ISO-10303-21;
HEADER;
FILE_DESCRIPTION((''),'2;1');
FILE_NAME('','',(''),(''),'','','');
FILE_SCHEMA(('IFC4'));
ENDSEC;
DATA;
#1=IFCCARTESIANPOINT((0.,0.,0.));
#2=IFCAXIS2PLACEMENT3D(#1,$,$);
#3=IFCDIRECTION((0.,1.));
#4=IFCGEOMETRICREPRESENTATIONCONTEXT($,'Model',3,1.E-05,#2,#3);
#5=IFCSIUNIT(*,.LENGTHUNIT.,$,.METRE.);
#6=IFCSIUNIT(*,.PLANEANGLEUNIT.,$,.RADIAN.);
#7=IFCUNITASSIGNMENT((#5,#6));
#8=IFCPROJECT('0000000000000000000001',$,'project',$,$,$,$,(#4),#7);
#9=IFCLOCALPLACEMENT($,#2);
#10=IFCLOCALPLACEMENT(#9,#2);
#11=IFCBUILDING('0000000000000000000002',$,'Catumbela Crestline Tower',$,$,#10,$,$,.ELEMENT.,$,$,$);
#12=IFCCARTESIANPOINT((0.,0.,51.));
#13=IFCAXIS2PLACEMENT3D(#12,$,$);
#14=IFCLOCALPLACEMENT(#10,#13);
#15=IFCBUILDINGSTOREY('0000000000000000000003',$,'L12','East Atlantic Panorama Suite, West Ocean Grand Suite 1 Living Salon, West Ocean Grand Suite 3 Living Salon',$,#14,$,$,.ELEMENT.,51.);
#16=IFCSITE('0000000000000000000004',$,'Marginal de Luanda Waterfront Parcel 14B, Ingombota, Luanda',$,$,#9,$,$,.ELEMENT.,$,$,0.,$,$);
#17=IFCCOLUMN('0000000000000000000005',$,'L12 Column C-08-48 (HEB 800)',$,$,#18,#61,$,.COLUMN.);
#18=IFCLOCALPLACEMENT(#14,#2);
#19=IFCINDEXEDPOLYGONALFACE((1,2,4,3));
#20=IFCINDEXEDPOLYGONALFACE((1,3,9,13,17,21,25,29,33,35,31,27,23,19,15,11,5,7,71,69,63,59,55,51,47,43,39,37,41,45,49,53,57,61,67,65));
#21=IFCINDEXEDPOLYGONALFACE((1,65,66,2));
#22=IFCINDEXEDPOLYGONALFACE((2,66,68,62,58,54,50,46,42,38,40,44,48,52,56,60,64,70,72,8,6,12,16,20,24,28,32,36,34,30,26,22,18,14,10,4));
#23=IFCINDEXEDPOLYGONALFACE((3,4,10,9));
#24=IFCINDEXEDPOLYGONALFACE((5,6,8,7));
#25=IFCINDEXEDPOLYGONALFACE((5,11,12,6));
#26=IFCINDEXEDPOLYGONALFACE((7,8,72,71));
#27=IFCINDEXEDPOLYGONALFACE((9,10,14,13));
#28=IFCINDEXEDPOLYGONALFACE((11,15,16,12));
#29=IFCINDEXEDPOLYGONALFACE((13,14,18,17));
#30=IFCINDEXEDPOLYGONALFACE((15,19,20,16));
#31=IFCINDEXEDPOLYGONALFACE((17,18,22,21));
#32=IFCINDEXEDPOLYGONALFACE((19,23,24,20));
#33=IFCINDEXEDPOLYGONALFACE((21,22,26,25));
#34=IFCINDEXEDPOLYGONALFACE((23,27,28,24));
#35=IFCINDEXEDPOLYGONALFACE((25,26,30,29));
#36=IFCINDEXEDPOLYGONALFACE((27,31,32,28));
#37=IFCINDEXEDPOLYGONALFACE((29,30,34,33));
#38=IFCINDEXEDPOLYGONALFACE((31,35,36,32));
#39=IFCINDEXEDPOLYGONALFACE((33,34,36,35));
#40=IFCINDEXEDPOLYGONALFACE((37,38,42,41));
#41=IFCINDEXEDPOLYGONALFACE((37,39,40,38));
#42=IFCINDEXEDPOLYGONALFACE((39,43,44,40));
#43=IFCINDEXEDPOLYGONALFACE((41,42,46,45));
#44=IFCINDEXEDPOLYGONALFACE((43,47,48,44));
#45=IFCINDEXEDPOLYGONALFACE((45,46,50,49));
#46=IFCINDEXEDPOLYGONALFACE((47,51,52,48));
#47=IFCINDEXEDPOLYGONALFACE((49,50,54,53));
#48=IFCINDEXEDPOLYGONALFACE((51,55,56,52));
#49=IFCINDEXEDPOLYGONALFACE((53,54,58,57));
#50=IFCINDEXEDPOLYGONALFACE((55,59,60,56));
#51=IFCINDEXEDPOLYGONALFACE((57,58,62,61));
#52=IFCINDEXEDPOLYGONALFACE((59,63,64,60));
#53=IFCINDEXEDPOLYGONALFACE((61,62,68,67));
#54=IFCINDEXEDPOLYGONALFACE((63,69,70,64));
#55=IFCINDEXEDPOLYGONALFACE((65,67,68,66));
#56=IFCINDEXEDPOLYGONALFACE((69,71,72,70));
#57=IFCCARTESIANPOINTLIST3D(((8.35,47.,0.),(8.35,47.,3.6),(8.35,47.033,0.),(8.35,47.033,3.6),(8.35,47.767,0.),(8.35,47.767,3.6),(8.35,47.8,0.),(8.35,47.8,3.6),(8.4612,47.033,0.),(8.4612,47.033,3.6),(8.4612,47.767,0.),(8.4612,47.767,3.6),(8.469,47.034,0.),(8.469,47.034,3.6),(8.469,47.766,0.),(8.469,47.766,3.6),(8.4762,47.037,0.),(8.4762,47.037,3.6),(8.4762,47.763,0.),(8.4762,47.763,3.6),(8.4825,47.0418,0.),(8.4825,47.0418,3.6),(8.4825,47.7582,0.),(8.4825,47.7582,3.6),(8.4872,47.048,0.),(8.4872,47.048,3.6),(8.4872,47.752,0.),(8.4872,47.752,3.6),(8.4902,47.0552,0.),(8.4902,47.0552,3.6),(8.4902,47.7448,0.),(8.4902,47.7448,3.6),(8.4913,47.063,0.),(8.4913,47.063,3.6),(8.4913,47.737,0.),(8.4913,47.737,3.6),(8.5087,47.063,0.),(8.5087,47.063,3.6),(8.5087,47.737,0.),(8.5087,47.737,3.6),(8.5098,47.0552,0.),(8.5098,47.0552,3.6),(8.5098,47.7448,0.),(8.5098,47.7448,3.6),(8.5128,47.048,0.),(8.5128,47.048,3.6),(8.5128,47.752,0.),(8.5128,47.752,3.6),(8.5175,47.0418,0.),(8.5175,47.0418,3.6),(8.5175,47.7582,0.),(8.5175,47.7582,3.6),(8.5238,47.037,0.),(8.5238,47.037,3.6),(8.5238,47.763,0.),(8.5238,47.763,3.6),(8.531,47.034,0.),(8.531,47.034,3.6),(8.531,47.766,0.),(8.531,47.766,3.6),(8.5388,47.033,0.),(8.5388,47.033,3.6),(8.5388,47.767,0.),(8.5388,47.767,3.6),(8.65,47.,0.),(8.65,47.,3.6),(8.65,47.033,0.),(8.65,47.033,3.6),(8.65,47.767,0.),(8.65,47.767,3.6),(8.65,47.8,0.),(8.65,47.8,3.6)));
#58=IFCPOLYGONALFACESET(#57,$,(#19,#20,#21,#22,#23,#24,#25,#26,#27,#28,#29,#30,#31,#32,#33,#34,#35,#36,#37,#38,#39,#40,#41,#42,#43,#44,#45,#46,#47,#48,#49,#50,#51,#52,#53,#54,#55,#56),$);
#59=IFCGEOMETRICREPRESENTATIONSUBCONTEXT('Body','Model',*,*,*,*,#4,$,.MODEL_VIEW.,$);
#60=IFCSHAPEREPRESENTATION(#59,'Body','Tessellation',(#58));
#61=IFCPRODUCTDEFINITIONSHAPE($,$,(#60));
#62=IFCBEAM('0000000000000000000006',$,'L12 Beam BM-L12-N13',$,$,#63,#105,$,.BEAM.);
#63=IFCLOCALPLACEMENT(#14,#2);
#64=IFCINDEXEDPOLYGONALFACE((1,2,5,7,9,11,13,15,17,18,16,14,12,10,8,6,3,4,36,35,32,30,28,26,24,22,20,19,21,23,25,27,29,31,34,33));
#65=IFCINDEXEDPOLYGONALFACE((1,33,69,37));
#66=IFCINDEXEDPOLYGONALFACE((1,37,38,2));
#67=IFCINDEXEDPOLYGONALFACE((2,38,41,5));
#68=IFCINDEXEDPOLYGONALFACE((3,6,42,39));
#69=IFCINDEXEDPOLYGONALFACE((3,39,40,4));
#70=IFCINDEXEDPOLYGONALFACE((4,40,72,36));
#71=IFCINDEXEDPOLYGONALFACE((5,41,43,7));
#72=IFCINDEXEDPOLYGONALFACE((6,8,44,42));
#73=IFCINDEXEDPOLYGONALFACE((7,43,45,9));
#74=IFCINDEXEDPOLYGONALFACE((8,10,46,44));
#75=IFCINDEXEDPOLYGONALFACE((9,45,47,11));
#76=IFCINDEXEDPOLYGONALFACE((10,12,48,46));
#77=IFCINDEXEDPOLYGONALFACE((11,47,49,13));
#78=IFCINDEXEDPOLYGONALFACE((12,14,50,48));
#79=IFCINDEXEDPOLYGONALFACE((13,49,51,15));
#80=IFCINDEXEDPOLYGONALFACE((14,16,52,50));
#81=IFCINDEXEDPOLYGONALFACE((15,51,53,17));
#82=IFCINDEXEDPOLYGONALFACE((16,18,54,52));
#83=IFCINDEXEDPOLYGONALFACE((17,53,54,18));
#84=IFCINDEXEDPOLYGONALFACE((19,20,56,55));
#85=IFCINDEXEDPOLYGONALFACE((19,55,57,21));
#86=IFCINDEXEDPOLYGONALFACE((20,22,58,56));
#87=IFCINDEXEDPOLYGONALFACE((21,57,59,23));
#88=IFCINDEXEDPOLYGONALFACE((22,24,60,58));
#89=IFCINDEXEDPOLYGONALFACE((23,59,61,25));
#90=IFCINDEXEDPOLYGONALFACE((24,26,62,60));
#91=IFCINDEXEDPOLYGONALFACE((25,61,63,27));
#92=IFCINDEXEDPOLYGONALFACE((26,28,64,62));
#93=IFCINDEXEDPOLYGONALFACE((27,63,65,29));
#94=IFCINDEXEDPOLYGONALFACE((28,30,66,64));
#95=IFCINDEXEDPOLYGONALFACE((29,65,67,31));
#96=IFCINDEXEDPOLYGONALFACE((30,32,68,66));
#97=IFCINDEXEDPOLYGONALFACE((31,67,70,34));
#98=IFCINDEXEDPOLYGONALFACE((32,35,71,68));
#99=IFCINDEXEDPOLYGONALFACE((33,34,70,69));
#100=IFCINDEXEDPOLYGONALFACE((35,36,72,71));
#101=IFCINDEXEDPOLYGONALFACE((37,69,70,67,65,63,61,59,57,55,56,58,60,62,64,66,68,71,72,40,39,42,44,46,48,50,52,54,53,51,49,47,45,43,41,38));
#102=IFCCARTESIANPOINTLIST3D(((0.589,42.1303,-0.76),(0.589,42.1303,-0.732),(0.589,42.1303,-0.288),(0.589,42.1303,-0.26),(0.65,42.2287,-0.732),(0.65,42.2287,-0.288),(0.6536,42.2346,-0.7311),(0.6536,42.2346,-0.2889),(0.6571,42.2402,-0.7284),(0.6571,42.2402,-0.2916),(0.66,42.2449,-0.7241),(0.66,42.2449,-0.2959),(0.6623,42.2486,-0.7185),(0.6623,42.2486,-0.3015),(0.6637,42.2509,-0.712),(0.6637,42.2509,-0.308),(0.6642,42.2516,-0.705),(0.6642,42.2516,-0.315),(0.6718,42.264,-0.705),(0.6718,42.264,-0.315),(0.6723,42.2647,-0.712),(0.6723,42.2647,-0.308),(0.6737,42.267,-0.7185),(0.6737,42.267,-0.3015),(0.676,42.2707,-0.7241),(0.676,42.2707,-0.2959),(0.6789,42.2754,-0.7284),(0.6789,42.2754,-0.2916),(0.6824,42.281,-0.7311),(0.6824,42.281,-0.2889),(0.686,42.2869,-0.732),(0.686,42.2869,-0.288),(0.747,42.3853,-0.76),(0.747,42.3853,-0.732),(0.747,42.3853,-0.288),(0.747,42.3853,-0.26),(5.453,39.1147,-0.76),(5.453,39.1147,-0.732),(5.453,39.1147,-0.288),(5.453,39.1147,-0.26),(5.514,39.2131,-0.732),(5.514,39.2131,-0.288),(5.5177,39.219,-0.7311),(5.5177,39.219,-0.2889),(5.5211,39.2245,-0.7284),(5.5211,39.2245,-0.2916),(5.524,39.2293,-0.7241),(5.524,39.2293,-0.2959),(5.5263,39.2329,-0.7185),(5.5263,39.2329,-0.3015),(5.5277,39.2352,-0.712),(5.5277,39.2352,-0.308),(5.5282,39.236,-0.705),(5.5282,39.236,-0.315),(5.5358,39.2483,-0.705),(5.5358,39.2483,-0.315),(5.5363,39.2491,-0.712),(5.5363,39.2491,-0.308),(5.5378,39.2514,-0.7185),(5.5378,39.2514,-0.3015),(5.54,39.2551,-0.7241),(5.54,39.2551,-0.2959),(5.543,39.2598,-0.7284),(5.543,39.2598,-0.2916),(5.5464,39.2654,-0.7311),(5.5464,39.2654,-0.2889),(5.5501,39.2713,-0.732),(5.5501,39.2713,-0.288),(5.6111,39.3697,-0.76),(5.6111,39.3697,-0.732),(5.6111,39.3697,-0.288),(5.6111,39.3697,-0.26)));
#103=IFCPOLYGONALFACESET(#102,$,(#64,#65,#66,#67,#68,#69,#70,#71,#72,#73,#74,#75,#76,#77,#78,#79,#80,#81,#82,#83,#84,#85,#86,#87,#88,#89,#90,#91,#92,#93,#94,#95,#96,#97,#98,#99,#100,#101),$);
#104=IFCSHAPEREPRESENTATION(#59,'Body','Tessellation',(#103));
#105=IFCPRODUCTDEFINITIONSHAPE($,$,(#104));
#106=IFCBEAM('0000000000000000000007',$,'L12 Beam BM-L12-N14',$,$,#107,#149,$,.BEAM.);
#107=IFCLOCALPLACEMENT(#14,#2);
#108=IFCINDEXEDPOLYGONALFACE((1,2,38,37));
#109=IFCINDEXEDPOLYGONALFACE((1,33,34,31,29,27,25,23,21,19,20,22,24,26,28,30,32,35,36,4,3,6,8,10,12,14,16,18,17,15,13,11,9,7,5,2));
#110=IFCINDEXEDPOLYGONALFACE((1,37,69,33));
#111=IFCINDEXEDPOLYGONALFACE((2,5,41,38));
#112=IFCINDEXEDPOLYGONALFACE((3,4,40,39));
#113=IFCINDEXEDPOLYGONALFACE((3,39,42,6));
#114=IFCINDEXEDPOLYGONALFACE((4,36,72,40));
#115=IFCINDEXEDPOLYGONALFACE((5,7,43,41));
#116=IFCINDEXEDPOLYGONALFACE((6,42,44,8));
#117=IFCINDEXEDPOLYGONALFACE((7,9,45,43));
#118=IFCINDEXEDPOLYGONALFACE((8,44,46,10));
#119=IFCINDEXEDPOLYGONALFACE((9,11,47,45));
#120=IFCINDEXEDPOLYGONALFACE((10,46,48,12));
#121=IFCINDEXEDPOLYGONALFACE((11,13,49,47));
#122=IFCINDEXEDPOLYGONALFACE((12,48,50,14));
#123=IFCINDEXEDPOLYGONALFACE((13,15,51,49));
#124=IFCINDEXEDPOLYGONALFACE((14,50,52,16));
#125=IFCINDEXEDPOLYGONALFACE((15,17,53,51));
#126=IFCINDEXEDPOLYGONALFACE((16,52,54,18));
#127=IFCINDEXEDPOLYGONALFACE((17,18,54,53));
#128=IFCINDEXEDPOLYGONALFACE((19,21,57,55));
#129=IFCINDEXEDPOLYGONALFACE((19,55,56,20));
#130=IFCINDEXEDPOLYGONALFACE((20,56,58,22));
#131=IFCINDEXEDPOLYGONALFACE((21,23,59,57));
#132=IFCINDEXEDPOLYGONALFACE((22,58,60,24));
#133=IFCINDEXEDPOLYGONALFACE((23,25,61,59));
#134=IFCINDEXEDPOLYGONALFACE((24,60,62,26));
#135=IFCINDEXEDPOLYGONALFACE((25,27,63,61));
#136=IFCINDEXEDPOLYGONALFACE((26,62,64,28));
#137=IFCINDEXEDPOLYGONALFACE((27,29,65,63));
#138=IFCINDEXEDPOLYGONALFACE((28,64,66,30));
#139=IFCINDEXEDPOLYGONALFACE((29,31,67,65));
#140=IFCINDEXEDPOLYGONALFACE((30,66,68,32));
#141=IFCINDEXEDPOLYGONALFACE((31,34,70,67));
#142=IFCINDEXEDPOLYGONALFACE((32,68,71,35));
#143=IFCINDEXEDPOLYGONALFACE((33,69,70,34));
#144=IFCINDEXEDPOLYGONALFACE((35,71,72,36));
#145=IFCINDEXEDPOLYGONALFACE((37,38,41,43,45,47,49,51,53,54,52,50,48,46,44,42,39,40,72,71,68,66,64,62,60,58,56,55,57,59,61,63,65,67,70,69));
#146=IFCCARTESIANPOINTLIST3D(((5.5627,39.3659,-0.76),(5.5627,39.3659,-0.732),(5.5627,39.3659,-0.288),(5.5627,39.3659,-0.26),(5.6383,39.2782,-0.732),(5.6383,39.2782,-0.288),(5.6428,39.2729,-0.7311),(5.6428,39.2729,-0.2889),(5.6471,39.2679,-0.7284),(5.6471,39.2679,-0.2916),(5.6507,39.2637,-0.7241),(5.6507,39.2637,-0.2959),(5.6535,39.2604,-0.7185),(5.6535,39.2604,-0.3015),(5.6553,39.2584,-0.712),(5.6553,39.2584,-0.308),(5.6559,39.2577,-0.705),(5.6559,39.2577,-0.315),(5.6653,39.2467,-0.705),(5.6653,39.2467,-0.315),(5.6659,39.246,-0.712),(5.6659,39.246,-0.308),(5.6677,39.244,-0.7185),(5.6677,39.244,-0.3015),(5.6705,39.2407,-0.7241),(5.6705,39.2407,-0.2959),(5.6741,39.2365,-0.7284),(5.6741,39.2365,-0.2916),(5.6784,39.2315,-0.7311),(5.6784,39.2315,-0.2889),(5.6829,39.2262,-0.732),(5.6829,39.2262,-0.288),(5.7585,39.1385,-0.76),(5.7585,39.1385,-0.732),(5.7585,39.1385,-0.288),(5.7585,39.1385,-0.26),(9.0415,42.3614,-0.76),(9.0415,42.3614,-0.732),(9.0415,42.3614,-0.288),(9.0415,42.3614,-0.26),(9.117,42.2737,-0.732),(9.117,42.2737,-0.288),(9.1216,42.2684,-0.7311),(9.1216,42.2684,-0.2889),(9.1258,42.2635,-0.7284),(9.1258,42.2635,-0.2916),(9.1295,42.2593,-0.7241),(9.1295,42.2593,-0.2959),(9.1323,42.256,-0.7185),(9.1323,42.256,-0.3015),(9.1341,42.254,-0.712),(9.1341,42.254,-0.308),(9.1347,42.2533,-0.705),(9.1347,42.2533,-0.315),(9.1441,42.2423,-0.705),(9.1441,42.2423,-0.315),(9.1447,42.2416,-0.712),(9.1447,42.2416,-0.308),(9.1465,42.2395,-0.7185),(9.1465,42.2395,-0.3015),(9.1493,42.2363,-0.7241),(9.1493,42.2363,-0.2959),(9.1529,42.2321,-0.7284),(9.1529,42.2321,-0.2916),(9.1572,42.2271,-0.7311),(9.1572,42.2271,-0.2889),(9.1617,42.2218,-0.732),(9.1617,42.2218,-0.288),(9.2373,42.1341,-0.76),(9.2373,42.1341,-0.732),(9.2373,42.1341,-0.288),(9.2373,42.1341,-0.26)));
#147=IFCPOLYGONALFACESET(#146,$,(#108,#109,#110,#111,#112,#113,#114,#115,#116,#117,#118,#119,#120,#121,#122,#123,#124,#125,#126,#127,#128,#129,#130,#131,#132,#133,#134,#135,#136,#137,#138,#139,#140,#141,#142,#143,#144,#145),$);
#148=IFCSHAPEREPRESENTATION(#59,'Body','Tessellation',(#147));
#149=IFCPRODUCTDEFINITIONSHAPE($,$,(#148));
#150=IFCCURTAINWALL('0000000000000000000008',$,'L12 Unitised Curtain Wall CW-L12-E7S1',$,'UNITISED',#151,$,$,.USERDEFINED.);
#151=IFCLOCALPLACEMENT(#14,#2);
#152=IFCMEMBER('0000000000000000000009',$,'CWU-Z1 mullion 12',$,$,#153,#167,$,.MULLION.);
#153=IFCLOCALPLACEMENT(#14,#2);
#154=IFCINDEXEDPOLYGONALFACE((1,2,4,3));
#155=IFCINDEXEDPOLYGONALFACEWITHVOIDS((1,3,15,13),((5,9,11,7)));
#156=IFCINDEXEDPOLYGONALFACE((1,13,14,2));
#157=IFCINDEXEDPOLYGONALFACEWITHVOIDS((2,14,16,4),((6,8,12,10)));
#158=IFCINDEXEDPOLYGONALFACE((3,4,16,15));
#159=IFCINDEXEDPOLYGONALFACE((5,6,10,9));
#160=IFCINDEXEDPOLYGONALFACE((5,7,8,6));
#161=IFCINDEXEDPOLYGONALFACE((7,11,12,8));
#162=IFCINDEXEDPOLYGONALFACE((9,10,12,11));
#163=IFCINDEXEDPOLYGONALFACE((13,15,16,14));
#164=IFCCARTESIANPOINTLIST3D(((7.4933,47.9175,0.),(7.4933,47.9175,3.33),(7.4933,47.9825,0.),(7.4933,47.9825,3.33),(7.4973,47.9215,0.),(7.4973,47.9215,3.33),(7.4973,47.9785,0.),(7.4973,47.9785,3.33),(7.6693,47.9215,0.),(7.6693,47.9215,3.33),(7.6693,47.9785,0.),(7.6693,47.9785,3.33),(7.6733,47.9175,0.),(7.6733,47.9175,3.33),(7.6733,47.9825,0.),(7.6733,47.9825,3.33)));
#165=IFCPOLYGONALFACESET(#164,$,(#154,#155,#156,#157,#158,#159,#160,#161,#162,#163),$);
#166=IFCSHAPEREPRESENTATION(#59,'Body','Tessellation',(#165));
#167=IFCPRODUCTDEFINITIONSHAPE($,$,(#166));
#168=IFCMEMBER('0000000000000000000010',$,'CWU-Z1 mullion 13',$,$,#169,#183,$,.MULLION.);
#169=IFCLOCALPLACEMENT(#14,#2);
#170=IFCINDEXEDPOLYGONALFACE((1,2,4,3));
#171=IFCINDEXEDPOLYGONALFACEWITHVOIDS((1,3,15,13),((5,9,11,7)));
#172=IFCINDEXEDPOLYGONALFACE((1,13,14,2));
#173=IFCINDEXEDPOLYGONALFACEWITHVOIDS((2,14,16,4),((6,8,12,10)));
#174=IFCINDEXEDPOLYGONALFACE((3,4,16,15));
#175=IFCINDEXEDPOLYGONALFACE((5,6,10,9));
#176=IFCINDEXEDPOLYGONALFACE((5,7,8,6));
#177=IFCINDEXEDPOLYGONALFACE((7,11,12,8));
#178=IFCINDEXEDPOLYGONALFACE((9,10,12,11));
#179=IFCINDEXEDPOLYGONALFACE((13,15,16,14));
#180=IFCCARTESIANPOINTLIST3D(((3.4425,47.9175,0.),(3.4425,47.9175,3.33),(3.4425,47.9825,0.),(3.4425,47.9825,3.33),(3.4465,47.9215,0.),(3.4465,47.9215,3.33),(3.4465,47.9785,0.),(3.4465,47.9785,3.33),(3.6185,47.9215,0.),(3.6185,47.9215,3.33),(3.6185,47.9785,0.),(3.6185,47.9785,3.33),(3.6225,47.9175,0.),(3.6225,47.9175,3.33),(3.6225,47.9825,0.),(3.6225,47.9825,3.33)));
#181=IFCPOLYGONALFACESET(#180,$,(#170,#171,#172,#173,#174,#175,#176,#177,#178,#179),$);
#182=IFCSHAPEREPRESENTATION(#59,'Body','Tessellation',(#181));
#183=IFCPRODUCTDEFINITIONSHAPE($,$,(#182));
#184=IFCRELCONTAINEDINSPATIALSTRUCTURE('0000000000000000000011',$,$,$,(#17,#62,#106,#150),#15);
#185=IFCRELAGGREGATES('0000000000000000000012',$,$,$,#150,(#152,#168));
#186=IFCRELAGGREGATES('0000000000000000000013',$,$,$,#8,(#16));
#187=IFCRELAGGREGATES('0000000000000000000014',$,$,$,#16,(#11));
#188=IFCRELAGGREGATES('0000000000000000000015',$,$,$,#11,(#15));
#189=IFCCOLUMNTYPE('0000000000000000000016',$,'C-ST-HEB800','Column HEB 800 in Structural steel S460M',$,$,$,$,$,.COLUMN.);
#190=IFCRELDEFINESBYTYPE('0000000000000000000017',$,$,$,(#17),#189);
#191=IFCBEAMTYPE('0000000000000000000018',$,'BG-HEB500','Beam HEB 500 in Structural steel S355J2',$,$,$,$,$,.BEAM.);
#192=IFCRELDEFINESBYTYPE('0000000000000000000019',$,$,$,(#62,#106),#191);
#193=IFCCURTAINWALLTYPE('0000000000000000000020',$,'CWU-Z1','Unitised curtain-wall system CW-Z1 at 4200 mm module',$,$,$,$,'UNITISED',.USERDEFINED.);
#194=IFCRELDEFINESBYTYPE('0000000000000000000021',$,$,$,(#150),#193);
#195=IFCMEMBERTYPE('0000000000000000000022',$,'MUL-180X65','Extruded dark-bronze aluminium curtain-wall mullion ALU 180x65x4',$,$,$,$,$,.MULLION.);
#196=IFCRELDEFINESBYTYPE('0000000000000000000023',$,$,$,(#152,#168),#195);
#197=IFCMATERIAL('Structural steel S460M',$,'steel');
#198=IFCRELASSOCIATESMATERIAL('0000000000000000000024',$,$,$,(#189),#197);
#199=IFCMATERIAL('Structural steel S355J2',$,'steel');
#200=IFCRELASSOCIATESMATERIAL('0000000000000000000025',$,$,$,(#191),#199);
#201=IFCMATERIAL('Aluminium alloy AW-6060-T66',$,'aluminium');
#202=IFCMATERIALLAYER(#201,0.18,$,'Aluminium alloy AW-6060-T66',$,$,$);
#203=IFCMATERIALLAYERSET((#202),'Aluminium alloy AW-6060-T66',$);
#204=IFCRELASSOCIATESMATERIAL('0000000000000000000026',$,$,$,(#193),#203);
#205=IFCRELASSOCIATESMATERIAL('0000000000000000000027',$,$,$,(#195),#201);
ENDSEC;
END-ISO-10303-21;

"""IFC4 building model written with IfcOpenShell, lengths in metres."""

from ifc_helpers import new_model, si_unit, direction, frame, origin, origin_2d, place, context, subcontext, project, spatial, hollow_rectangle, i_section, extrude, material, layer, layer_set, material_profile, profile_set, type_object, element, aggregate, save


model = new_model("IFC4")

# Units and contexts
model_context = context("Model", 3, precision=1e-05, world=origin(), true_north=direction((0.0, 1.0)))
body_context = subcontext(model_context, "Body", "Model", "MODEL_VIEW")
ifc_project = project(units=[si_unit("LENGTHUNIT", "METRE"), si_unit("PLANEANGLEUNIT", "RADIAN")], contexts=[model_context])

# Site, building, storey
site_placement = place(None, origin())
site = spatial("IfcSite", under=ifc_project, at=site_placement, Name="Marginal de Luanda Waterfront Parcel 14B, Ingombota, Luanda", CompositionType="ELEMENT", RefElevation=0.0)
building_placement = place(site_placement, origin())
building = spatial("IfcBuilding", under=site, at=building_placement, Name="Catumbela Crestline Tower", CompositionType="ELEMENT")
storey_placement = place(building_placement, frame((0.0, 0.0, 51.0)))
storey = spatial("IfcBuildingStorey", under=building, at=storey_placement, Name="L12", Description="East Atlantic Panorama Suite, West Ocean Grand Suite 1 Living Salon, West Ocean Grand Suite 3 Living Salon", CompositionType="ELEMENT", Elevation=51.0)

# Column
ifc_material_1 = material(Name="Structural steel S460M", Category="steel")
ifc_material_profile_1 = material_profile(ifc_material_1, i_section(OverallWidth=0.3, OverallDepth=0.8, WebThickness=0.0175, FlangeThickness=0.033, FilletRadius=0.03, at=origin_2d()), Name="HEB 800")
ifc_profile_set_1 = profile_set([ifc_material_profile_1], Name="Structural steel S460M")
column_type = type_object("IfcColumnType", Name="C-ST-HEB800", Description="Column HEB 800 in Structural steel S460M", PredefinedType="COLUMN", material=ifc_profile_set_1)
for number, where, z_axis, x_axis, name in (
    (1, (8.5, 47.4, 0.0), (0.0, 0.0, 1.0), (1.0, 0.0, 0.0), "L12 Column C-08-48 (HEB 800)"),
):
    element("IfcColumn", number, at=place(storey_placement, frame(where, z_axis=z_axis, x_axis=x_axis)), inside=storey, type_object=column_type, Name=name, PredefinedType="COLUMN", context=body_context, shape_type="SweptSolid", body=[
        extrude(i_section(OverallWidth=0.3, OverallDepth=0.8, WebThickness=0.0175, FlangeThickness=0.033, FilletRadius=0.03, at=origin_2d()), origin(), (0.0, 0.0, 1.0), 3.6),
    ])

# Beams
ifc_material_2 = material(Name="Structural steel S355J2", Category="steel")
ifc_material_profile_2 = material_profile(ifc_material_2, i_section(OverallWidth=0.3, OverallDepth=0.5, WebThickness=0.0145, FlangeThickness=0.028, FilletRadius=0.027, at=origin_2d()), Name="HEB 500")
ifc_profile_set_2 = profile_set([ifc_material_profile_2], Name="Structural steel S355J2")
beam_type_1 = type_object("IfcBeamType", Name="BG-HEB500", Description="Beam HEB 500 in Structural steel S355J2", PredefinedType="BEAM", material=ifc_profile_set_2)
beam_1_placement = place(storey_placement, frame((0.668, 42.2578, -0.51), z_axis=(0.849909, -0.52693, 0.0), x_axis=(0.52693, 0.849909, 0.0)))
element("IfcBeam", 2, at=beam_1_placement, inside=storey, type_object=beam_type_1, Name="L12 Beam BM-L12-N13", PredefinedType="BEAM", context=body_context, shape_type="SweptSolid", body=[
    extrude(i_section(OverallWidth=0.3, OverallDepth=0.5, WebThickness=0.0145, FlangeThickness=0.028, FilletRadius=0.027, at=origin_2d()), origin(), (0.0, 0.0, 1.0), 5.723),
])
beam_2_placement = place(storey_placement, frame((5.6606, 39.2522, -0.51), z_axis=(0.757772, 0.652519, 0.0), x_axis=(-0.652519, 0.757772, 0.0)))
element("IfcBeam", 3, at=beam_2_placement, inside=storey, type_object=beam_type_1, Name="L12 Beam BM-L12-N14", PredefinedType="BEAM", context=body_context, shape_type="SweptSolid", body=[
    extrude(i_section(OverallWidth=0.3, OverallDepth=0.5, WebThickness=0.0145, FlangeThickness=0.028, FilletRadius=0.027, at=origin_2d()), origin(), (0.0, 0.0, 1.0), 4.5908),
])

# Curtain wall, members
ifc_material_3 = material(Name="Aluminium alloy AW-6060-T66", Category="aluminium")
ifc_layer_1 = layer(ifc_material_3, 0.18, Name="Aluminium alloy AW-6060-T66")
ifc_layer_set_1 = layer_set([ifc_layer_1], Name="Aluminium alloy AW-6060-T66")
curtain_wall_type = type_object("IfcCurtainWallType", Name="CWU-Z1", Description="Unitised curtain-wall system CW-Z1 at 4200 mm module", ElementType="UNITISED", PredefinedType="USERDEFINED", material=ifc_layer_set_1)
curtain_wall_1_placement = place(storey_placement, origin())
curtain_wall_1 = element("IfcCurtainWall", 4, at=curtain_wall_1_placement, inside=storey, type_object=curtain_wall_type, Name="L12 Unitised Curtain Wall CW-L12-E7S1", ObjectType="UNITISED", PredefinedType="USERDEFINED")
ifc_material_profile_3 = material_profile(ifc_material_3, hollow_rectangle(XDim=0.065, YDim=0.18, WallThickness=0.004, at=origin_2d()), Name="ALU 180x65x4")
ifc_profile_set_3 = profile_set([ifc_material_profile_3], Name="Aluminium alloy AW-6060-T66")
member_type_1 = type_object("IfcMemberType", Name="MUL-180X65", Description="Extruded dark-bronze aluminium curtain-wall mullion ALU 180x65x4", PredefinedType="MULLION", material=ifc_profile_set_3)
member_1_placement = place(storey_placement, frame((7.5833, 47.95, 0.0), z_axis=(0.0, 0.0, 1.0), x_axis=(0.0, -1.0, 0.0)))
member_1 = element("IfcMember", 5, at=member_1_placement, type_object=member_type_1, Name="CWU-Z1 mullion 12", PredefinedType="MULLION", context=body_context, shape_type="SweptSolid", body=[
    extrude(hollow_rectangle(XDim=0.065, YDim=0.18, WallThickness=0.004, at=origin_2d()), origin(), (0.0, 0.0, 1.0), 3.33),
])
member_2_placement = place(storey_placement, frame((3.5325, 47.95, 0.0), z_axis=(0.0, 0.0, 1.0), x_axis=(0.0, -1.0, 0.0)))
member_2 = element("IfcMember", 6, at=member_2_placement, type_object=member_type_1, Name="CWU-Z1 mullion 13", PredefinedType="MULLION", context=body_context, shape_type="SweptSolid", body=[
    extrude(hollow_rectangle(XDim=0.065, YDim=0.18, WallThickness=0.004, at=origin_2d()), origin(), (0.0, 0.0, 1.0), 3.33),
])

aggregate(curtain_wall_1, [member_1, member_2])

save(model, "model.ifc")
